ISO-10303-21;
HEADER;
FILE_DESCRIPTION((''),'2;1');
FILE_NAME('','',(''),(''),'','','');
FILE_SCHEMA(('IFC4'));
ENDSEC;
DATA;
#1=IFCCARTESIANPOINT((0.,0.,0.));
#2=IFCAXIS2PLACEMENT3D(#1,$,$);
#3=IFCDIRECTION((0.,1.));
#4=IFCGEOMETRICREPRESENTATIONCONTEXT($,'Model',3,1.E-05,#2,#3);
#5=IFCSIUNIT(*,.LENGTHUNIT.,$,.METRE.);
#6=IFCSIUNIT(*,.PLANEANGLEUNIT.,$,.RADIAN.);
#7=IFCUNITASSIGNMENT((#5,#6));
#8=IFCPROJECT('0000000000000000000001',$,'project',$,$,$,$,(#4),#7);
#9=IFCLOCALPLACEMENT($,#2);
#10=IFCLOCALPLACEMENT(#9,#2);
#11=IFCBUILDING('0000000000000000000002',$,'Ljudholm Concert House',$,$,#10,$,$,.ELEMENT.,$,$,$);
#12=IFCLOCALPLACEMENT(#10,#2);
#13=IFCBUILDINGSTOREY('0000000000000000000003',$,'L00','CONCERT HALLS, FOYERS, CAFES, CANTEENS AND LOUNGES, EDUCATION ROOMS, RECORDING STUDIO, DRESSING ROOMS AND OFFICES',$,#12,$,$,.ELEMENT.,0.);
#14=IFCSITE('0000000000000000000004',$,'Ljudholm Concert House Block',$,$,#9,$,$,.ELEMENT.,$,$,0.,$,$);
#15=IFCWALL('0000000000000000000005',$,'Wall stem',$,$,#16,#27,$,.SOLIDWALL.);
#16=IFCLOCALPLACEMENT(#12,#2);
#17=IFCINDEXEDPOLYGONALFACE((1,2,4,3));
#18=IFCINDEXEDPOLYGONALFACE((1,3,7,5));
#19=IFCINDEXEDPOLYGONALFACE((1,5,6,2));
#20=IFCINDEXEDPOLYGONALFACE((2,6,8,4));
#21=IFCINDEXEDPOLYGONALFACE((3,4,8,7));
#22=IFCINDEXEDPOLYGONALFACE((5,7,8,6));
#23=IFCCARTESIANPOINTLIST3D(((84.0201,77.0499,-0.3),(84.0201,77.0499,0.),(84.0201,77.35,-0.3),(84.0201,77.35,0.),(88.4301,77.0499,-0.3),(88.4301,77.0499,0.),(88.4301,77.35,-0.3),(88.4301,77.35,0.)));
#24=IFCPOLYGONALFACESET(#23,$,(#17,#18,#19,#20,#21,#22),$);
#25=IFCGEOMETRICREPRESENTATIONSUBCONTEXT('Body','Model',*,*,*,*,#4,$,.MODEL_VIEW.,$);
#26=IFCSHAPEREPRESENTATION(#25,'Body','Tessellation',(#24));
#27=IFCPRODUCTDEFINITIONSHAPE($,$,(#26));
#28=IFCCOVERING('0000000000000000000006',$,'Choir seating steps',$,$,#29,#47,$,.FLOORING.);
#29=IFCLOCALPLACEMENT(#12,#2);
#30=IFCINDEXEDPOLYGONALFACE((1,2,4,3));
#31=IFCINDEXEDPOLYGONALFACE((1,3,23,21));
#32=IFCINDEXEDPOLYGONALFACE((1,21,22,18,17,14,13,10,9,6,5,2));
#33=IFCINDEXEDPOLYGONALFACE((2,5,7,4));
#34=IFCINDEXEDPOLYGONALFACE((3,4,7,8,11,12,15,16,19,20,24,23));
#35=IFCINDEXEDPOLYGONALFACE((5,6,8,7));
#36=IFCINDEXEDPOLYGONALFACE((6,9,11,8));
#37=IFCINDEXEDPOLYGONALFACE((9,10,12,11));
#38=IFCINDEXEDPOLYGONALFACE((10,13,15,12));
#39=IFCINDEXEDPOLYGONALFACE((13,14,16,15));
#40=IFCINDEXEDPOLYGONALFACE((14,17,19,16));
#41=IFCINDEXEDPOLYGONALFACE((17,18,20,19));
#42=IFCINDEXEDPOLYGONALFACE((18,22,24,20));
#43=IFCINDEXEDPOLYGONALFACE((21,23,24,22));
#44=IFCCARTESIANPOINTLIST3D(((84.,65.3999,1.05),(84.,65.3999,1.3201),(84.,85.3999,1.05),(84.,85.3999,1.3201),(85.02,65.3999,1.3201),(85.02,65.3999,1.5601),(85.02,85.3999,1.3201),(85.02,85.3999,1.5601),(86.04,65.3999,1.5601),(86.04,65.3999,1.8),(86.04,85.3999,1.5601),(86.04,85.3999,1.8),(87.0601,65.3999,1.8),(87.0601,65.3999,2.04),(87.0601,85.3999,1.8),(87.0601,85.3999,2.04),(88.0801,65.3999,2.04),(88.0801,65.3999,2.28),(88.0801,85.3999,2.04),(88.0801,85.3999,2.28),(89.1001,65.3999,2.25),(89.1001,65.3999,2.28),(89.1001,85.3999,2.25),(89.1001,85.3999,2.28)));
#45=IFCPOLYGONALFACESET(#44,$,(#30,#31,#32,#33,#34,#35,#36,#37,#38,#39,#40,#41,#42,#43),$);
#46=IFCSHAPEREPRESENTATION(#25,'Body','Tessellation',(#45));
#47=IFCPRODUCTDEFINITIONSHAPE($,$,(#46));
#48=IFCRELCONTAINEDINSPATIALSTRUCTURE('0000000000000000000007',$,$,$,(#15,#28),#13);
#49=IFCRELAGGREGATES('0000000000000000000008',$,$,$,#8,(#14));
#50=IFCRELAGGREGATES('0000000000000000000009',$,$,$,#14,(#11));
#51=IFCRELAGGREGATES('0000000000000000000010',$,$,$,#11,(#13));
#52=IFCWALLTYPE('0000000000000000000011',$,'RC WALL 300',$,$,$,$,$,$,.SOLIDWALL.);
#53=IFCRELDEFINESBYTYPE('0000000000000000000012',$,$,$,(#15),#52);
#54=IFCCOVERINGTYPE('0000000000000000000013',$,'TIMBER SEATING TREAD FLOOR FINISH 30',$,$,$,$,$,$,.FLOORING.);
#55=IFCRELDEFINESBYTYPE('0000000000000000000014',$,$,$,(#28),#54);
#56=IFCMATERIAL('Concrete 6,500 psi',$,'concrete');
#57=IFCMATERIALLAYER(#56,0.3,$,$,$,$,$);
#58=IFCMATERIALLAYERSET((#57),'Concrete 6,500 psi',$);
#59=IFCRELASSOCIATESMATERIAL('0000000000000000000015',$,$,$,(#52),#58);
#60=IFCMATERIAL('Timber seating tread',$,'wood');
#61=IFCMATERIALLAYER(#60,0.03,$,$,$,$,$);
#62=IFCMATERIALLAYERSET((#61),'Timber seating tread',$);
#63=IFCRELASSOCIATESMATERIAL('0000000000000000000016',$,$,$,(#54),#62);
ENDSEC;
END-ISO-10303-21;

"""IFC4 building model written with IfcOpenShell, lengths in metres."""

from ifc_helpers import new_model, si_unit, direction, frame, frame_2d, origin, place, context, subcontext, project, spatial, polyline, rectangle, outline, extrude, material, layer, layer_set, type_object, element, save


model = new_model("IFC4")

# Units and contexts
model_context = context("Model", 3, precision=1e-05, world=origin(), true_north=direction((0.0, 1.0)))
body_context = subcontext(model_context, "Body", "Model", "MODEL_VIEW")
ifc_project = project(units=[si_unit("LENGTHUNIT", "METRE"), si_unit("PLANEANGLEUNIT", "RADIAN")], contexts=[model_context])

# Site, building, storey
site_placement = place(None, origin())
site = spatial("IfcSite", under=ifc_project, at=site_placement, Name="Ljudholm Concert House Block", CompositionType="ELEMENT", RefElevation=0.0)
building_placement = place(site_placement, origin())
building = spatial("IfcBuilding", under=site, at=building_placement, Name="Ljudholm Concert House", CompositionType="ELEMENT")
storey_placement = place(building_placement, origin())
storey = spatial("IfcBuildingStorey", under=building, at=storey_placement, Name="L00", Description="CONCERT HALLS, FOYERS, CAFES, CANTEENS AND LOUNGES, EDUCATION ROOMS, RECORDING STUDIO, DRESSING ROOMS AND OFFICES", CompositionType="ELEMENT", Elevation=0.0)

# Wall
ifc_material_1 = material(Name="Concrete 6,500 psi", Category="concrete")
ifc_layer_1 = layer(ifc_material_1, 0.3)
ifc_layer_set_1 = layer_set([ifc_layer_1], Name="Concrete 6,500 psi")
wall_type = type_object("IfcWallType", Name="RC WALL 300", PredefinedType="SOLIDWALL", material=ifc_layer_set_1)
for number, where, z_axis, x_axis, name in (
    (1, (84.02, 77.2, -0.3), (0.0, 0.0, 1.0), (1.0, 0.0, 0.0), "Wall stem"),
):
    element("IfcWall", number, at=place(storey_placement, frame(where, z_axis=z_axis, x_axis=x_axis)), inside=storey, type_object=wall_type, Name=name, PredefinedType="SOLIDWALL", context=body_context, shape_type="SweptSolid", body=[
        extrude(rectangle(XDim=4.4099, YDim=0.3, at=frame_2d((2.2051, 0.0))), origin(), (0.0, 0.0, 1.0), 0.3),
    ])

# Covering
ifc_material_2 = material(Name="Timber seating tread", Category="wood")
ifc_layer_2 = layer(ifc_material_2, 0.03)
ifc_layer_set_2 = layer_set([ifc_layer_2], Name="Timber seating tread")
covering_type = type_object("IfcCoveringType", Name="TIMBER SEATING TREAD FLOOR FINISH 30", PredefinedType="FLOORING", material=ifc_layer_set_2)
covering_placement = place(storey_placement, frame((84.0, 75.3999, 0.0), z_axis=(0.0, 0.0, 1.0), x_axis=(1.0, 0.0, 0.0)))
element("IfcCovering", 2, at=covering_placement, inside=storey, type_object=covering_type, Name="Choir seating steps", PredefinedType="FLOORING", context=body_context, shape_type="SweptSolid", body=[
    extrude(outline(polyline([(0.0, 1.05), (5.1001, 2.25), (5.1001, 2.28), (4.0801, 2.28), (4.0801, 2.04), (3.0601, 2.04), (3.0601, 1.8), (2.04, 1.8), (2.04, 1.5601), (1.02, 1.5601), (1.02, 1.3201), (0.0, 1.3201), (0.0, 1.05)])), frame((0.0, 10.0, 0.0), z_axis=(0.0, -1.0, 0.0), x_axis=(1.0, 0.0, 0.0)), (0.0, 0.0, 1.0), 20.0),
])

save(model, "model.ifc")
